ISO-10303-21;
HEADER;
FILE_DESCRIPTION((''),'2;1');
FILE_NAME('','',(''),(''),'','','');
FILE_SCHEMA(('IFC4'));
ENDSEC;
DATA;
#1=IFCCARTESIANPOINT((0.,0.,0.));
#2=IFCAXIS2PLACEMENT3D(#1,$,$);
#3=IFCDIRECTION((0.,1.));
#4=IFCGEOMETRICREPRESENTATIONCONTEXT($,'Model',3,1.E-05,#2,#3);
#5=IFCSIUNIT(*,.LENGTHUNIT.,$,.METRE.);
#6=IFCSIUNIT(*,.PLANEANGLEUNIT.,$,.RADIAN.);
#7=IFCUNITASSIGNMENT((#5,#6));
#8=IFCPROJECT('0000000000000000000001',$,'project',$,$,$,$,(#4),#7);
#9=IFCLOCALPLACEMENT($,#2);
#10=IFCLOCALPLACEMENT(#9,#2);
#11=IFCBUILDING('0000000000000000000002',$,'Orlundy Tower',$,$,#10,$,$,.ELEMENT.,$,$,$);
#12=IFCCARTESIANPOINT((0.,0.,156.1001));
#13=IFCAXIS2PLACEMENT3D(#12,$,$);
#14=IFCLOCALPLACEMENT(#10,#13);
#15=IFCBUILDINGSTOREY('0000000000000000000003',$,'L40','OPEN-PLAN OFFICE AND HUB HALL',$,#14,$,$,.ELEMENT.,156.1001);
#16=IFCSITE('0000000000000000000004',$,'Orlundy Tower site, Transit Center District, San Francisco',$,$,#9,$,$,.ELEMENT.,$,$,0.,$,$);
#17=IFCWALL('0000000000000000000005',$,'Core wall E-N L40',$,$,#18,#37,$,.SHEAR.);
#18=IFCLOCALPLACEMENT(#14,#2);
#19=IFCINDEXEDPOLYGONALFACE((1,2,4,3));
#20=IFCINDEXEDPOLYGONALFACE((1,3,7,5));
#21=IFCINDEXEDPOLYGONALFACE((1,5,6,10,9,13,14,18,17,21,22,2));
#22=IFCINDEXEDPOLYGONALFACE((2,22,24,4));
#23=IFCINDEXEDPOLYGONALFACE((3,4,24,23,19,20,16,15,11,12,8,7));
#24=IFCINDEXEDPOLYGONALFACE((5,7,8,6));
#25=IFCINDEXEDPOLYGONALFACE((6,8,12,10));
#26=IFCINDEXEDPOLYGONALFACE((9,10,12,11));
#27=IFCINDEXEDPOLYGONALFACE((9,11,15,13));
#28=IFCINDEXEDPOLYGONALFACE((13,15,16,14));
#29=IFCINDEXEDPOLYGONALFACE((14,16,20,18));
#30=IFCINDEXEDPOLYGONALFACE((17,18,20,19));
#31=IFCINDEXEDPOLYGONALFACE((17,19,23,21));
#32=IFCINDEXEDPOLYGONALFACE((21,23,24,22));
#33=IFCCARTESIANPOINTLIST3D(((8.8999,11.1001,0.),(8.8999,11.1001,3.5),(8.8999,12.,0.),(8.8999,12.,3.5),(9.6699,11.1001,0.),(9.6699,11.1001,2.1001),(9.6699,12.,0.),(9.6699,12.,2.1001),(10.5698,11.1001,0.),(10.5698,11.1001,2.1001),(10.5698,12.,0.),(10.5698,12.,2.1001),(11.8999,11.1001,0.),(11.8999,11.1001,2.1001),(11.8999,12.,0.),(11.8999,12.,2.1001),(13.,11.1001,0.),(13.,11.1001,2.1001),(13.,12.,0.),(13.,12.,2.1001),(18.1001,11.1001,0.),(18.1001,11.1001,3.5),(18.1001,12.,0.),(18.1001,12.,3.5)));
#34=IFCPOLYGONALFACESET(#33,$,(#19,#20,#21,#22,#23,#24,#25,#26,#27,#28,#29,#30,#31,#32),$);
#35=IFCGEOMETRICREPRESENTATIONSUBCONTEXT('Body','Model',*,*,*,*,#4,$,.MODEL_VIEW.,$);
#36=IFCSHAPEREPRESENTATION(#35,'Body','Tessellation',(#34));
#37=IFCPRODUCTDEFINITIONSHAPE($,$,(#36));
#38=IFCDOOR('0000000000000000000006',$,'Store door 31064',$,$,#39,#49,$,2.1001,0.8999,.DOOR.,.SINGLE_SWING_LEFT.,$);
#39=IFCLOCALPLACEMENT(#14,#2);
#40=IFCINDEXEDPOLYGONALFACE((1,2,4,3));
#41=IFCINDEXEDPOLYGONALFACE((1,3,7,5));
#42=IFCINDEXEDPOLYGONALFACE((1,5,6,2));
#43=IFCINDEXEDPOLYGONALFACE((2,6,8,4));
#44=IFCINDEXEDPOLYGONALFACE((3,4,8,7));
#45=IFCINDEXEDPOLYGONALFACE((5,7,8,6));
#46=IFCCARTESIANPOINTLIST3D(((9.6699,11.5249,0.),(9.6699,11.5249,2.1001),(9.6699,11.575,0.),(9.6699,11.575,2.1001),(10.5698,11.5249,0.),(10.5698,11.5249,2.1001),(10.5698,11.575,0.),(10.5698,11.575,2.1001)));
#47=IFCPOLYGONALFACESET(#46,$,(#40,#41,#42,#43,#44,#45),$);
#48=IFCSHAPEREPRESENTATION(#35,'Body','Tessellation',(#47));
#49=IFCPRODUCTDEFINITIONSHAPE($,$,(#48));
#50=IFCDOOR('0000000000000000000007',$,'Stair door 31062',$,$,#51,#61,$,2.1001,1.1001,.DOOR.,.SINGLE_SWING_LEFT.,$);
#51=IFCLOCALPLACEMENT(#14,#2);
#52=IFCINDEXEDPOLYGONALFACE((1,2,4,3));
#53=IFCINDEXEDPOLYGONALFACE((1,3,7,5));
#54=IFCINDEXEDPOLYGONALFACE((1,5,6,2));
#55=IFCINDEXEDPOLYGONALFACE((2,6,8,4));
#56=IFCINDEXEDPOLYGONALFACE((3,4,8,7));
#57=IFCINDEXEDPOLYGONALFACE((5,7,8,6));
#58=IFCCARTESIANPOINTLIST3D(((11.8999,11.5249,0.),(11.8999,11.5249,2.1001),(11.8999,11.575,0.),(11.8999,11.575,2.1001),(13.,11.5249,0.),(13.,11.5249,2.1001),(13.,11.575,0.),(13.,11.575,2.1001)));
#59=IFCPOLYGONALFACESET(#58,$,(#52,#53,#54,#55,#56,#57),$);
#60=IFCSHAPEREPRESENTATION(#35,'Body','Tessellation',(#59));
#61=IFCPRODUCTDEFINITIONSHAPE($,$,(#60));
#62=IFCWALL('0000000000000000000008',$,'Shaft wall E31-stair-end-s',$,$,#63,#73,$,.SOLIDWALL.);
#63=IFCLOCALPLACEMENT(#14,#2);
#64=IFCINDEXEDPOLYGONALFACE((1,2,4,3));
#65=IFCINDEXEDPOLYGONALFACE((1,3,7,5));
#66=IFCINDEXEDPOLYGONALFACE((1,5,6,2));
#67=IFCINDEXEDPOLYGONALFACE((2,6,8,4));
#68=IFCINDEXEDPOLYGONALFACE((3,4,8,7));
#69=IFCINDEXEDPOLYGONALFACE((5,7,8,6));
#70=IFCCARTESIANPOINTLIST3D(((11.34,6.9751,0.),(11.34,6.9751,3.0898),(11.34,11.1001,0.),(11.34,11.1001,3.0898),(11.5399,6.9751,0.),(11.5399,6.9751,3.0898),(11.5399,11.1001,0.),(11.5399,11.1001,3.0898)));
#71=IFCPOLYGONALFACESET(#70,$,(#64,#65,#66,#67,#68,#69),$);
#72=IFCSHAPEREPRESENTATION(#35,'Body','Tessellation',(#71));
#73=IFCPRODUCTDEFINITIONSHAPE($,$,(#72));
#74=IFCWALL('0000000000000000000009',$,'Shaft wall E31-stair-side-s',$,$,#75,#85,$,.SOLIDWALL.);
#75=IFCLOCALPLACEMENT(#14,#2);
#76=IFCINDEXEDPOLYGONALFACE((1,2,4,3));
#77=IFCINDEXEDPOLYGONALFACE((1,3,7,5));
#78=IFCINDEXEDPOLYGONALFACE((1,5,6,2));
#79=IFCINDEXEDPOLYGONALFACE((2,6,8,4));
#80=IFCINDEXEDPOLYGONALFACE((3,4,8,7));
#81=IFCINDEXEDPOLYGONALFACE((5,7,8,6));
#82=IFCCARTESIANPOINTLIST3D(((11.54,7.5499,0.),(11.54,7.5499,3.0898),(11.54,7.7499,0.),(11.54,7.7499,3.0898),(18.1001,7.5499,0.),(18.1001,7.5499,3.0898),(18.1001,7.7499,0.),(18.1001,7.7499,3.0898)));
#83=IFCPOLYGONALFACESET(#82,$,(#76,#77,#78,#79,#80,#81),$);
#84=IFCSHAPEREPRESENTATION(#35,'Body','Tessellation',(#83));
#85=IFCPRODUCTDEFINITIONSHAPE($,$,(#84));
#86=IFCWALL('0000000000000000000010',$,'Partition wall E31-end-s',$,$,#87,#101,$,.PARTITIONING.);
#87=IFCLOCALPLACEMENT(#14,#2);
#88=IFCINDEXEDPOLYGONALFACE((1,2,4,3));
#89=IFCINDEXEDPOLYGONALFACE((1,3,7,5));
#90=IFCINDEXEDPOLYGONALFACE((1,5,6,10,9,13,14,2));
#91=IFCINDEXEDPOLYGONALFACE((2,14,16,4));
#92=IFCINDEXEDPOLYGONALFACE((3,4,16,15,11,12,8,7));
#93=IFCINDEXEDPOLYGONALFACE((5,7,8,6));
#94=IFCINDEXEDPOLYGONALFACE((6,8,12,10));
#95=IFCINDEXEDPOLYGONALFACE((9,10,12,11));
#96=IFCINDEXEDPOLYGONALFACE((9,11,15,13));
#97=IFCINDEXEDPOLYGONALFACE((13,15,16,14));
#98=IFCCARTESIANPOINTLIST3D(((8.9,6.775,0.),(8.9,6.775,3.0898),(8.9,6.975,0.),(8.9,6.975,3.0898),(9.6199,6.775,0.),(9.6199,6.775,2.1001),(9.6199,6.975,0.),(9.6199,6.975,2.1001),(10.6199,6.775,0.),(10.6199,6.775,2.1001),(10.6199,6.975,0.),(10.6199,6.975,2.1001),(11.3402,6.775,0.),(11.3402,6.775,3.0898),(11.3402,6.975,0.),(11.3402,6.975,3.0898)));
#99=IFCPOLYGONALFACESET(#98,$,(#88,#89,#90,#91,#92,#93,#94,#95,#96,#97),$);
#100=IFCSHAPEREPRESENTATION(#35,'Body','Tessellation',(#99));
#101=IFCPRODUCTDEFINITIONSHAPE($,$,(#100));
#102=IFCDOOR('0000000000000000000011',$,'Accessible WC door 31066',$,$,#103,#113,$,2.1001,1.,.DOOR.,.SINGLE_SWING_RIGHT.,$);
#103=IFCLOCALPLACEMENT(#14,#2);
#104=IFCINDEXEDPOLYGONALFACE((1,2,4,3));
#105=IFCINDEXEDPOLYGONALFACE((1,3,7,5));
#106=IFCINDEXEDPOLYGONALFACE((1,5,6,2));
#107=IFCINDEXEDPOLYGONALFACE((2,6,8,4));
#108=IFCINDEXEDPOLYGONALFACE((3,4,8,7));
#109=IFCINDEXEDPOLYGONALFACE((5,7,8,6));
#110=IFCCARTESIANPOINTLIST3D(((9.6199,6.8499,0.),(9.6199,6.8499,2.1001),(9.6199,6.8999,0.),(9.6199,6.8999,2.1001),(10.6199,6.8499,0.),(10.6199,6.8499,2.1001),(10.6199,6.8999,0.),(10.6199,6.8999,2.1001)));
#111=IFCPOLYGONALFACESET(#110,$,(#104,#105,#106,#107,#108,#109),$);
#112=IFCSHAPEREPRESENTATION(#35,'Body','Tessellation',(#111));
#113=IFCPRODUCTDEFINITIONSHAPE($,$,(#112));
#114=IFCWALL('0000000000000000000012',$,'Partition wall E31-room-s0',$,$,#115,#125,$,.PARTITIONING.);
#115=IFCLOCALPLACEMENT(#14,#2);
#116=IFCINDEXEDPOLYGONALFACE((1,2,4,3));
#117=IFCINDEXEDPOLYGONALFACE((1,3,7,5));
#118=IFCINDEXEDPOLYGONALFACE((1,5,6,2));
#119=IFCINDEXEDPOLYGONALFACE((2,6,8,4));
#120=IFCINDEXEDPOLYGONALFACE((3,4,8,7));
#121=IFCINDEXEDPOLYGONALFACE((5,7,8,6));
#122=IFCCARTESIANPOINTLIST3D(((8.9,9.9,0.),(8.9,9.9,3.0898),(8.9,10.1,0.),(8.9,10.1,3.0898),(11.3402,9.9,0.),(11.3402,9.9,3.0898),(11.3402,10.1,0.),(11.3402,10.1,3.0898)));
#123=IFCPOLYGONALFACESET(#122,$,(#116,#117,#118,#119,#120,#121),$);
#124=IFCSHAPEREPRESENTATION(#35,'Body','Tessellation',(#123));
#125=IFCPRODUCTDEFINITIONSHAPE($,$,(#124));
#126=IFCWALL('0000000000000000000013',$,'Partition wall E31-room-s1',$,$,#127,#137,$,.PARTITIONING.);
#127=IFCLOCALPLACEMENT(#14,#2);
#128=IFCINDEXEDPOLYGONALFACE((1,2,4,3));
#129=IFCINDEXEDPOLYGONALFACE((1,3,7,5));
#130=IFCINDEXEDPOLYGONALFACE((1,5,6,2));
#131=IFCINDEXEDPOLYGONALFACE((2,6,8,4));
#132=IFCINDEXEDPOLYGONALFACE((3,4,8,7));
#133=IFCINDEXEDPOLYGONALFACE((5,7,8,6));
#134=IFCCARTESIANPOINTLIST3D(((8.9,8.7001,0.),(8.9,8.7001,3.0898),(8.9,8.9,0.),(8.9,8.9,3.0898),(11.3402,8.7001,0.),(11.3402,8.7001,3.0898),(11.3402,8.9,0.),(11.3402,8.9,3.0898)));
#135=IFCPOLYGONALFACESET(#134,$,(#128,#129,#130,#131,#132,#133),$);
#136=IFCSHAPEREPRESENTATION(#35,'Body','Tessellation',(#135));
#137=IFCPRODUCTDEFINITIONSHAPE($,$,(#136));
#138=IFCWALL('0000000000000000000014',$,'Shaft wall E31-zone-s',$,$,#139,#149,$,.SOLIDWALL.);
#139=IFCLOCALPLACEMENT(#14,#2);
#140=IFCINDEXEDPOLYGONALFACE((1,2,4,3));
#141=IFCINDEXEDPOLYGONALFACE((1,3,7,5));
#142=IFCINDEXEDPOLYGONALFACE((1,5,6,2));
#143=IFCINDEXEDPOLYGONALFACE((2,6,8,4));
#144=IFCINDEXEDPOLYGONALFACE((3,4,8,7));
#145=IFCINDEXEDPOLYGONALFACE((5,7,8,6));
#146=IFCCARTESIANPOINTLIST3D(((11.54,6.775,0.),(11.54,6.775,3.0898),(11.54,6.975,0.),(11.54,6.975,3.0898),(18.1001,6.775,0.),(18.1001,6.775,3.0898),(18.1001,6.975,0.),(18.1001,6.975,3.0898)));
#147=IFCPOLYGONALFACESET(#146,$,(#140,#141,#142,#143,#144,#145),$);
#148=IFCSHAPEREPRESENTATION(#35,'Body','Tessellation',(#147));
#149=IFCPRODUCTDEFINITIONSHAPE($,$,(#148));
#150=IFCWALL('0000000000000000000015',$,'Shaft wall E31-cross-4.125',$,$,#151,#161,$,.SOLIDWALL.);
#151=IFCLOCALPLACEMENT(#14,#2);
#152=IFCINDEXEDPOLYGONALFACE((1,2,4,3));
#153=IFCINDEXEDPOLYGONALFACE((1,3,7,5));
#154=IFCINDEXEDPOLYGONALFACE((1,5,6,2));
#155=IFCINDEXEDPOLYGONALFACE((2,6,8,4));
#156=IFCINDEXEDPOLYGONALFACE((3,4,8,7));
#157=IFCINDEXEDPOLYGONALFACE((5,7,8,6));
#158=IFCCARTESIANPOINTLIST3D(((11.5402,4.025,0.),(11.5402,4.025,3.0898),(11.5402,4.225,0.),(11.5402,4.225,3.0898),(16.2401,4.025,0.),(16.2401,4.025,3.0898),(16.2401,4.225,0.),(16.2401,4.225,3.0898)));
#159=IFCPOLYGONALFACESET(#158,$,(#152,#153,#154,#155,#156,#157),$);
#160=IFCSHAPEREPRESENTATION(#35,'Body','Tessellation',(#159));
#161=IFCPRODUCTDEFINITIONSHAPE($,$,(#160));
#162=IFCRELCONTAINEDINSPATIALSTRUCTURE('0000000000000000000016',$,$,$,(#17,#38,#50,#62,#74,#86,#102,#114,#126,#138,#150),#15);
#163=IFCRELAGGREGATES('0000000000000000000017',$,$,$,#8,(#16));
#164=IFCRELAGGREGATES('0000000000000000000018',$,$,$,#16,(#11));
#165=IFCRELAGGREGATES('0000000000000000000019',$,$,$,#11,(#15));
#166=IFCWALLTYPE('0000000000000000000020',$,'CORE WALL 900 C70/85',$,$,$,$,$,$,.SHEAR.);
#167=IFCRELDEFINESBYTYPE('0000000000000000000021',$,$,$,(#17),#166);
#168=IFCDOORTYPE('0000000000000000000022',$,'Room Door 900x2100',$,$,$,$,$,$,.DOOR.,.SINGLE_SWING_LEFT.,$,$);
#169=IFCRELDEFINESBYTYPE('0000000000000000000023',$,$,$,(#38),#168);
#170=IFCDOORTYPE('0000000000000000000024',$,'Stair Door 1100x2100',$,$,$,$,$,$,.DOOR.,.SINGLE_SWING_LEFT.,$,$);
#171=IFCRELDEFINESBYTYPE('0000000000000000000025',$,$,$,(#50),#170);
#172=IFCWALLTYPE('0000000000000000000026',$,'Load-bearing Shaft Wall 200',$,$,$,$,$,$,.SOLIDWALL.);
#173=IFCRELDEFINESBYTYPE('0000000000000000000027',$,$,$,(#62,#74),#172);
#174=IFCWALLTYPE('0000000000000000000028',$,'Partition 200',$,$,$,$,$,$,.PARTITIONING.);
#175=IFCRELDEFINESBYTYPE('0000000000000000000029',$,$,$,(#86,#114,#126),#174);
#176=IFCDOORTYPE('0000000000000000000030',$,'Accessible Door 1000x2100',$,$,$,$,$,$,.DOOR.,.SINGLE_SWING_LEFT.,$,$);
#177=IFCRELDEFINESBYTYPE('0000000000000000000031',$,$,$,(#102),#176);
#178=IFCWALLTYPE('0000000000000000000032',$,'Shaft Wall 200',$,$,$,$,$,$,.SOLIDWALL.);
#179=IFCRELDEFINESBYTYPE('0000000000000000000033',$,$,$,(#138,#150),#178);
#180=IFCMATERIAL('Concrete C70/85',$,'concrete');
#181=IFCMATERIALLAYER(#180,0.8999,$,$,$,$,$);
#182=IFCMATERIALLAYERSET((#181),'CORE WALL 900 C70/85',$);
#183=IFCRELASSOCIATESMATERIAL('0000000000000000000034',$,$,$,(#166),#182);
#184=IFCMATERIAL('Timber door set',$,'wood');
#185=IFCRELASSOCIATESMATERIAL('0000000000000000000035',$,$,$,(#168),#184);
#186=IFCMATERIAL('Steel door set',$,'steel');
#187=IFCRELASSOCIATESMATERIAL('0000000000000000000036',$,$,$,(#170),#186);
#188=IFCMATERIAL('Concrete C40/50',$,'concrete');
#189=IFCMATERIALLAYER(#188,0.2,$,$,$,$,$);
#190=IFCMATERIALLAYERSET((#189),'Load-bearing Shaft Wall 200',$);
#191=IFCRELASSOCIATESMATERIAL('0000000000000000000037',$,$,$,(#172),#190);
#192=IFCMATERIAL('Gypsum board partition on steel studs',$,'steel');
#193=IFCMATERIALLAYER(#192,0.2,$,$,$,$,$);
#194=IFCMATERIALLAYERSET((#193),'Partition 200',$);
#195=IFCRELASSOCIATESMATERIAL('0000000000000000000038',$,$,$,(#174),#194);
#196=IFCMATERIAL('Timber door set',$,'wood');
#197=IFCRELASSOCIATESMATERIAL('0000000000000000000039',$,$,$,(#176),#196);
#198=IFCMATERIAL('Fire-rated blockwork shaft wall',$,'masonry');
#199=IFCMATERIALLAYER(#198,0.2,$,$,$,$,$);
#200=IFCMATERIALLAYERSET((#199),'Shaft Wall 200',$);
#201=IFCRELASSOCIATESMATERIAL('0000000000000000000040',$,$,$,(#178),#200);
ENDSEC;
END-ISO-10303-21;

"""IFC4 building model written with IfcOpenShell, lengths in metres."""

from ifc_helpers import new_model, si_unit, direction, frame, frame_2d, origin, place, context, subcontext, project, spatial, rectangle, extrude, material, layer, layer_set, type_object, element, fill, save


model = new_model("IFC4")

# Units and contexts
model_context = context("Model", 3, precision=1e-05, world=origin(), true_north=direction((0.0, 1.0)))
body_context = subcontext(model_context, "Body", "Model", "MODEL_VIEW")
ifc_project = project(units=[si_unit("LENGTHUNIT", "METRE"), si_unit("PLANEANGLEUNIT", "RADIAN")], contexts=[model_context])

# Site, building, storey
site_placement = place(None, origin())
site = spatial("IfcSite", under=ifc_project, at=site_placement, Name="Orlundy Tower site, Transit Center District, San Francisco", CompositionType="ELEMENT", RefElevation=0.0)
building_placement = place(site_placement, origin())
building = spatial("IfcBuilding", under=site, at=building_placement, Name="Orlundy Tower", CompositionType="ELEMENT")
storey_placement = place(building_placement, frame((0.0, 0.0, 156.1001)))
storey = spatial("IfcBuildingStorey", under=building, at=storey_placement, Name="L40", Description="OPEN-PLAN OFFICE AND HUB HALL", CompositionType="ELEMENT", Elevation=156.1001)

# Wall, openings, doors
ifc_material_1 = material(Name="Concrete C70/85", Category="concrete")
ifc_layer_1 = layer(ifc_material_1, 0.8999)
ifc_layer_set_1 = layer_set([ifc_layer_1], Name="CORE WALL 900 C70/85")
wall_type_1 = type_object("IfcWallType", Name="CORE WALL 900 C70/85", PredefinedType="SHEAR", material=ifc_layer_set_1)
wall_1_placement = place(storey_placement, frame((8.8999, 11.55, 0.0), z_axis=(0.0, 0.0, 1.0), x_axis=(1.0, 0.0, 0.0)))
wall_1 = element("IfcWall", 1, at=wall_1_placement, inside=storey, type_object=wall_type_1, Name="Core wall E-N L40", PredefinedType="SHEAR", context=body_context, shape_type="SweptSolid", body=[
    extrude(rectangle(XDim=9.2002, YDim=0.8999, at=frame_2d((4.6001, 0.0))), origin(), (0.0, 0.0, 1.0), 3.5),
])
opening_1_placement = place(wall_1_placement, frame((3.0, 0.0, 0.0)))
opening_1 = element("IfcOpeningElement", 2, at=opening_1_placement, cuts=wall_1, PredefinedType="OPENING", context=body_context, shape_type="SweptSolid", body=[
    extrude(rectangle(XDim=1.1001, YDim=2.1001, at=frame_2d((0.55, 1.05))), frame((0.0, 0.46, 0.0), z_axis=(0.0, -1.0, 0.0), x_axis=(1.0, 0.0, 0.0)), (0.0, 0.0, 1.0), 0.9199),
])
opening_2_placement = place(wall_1_placement, frame((0.77, 0.0, 0.0)))
opening_2 = element("IfcOpeningElement", 3, at=opening_2_placement, cuts=wall_1, PredefinedType="OPENING", context=body_context, shape_type="SweptSolid", body=[
    extrude(rectangle(XDim=0.8999, YDim=2.1001, at=frame_2d((0.45, 1.05))), frame((0.0, 0.46, 0.0), z_axis=(0.0, -1.0, 0.0), x_axis=(1.0, 0.0, 0.0)), (0.0, 0.0, 1.0), 0.9199),
])
ifc_material_2 = material(Name="Timber door set", Category="wood")
door_type_1 = type_object("IfcDoorType", Name="Room Door 900x2100", OperationType="SINGLE_SWING_LEFT", PredefinedType="DOOR", material=ifc_material_2)
door_1_placement = place(opening_2_placement, origin())
door_1 = element("IfcDoor", 4, at=door_1_placement, inside=storey, type_object=door_type_1, Name="Store door 31064", OperationType="SINGLE_SWING_LEFT", OverallHeight=2.1001, OverallWidth=0.8999, PredefinedType="DOOR", context=body_context, shape_type="SweptSolid", body=[
    extrude(rectangle(XDim=0.8999, YDim=2.1001, at=frame_2d((0.45, 1.05))), frame((0.0, 0.0249, 0.0), z_axis=(0.0, -1.0, 0.0), x_axis=(1.0, 0.0, 0.0)), (0.0, 0.0, 1.0), 0.05),
])
fill(opening_2, door_1)
ifc_material_3 = material(Name="Steel door set", Category="steel")
door_type_2 = type_object("IfcDoorType", Name="Stair Door 1100x2100", OperationType="SINGLE_SWING_LEFT", PredefinedType="DOOR", material=ifc_material_3)
door_2_placement = place(opening_1_placement, origin())
door_2 = element("IfcDoor", 5, at=door_2_placement, inside=storey, type_object=door_type_2, Name="Stair door 31062", OperationType="SINGLE_SWING_LEFT", OverallHeight=2.1001, OverallWidth=1.1001, PredefinedType="DOOR", context=body_context, shape_type="SweptSolid", body=[
    extrude(rectangle(XDim=1.1001, YDim=2.1001, at=frame_2d((0.55, 1.05))), frame((0.0, 0.0249, 0.0), z_axis=(0.0, -1.0, 0.0), x_axis=(1.0, 0.0, 0.0)), (0.0, 0.0, 1.0), 0.05),
])
fill(opening_1, door_2)

# Walls
ifc_material_4 = material(Name="Concrete C40/50", Category="concrete")
ifc_layer_2 = layer(ifc_material_4, 0.2)
ifc_layer_set_2 = layer_set([ifc_layer_2], Name="Load-bearing Shaft Wall 200")
wall_type_2 = type_object("IfcWallType", Name="Load-bearing Shaft Wall 200", PredefinedType="SOLIDWALL", material=ifc_layer_set_2)
wall_2_placement = place(storey_placement, frame((11.4399, 11.1001, 0.0), z_axis=(0.0, 0.0, 1.0), x_axis=(0.0, -1.0, 0.0)))
element("IfcWall", 6, at=wall_2_placement, inside=storey, type_object=wall_type_2, Name="Shaft wall E31-stair-end-s", PredefinedType="SOLIDWALL", context=body_context, shape_type="SweptSolid", body=[
    extrude(rectangle(XDim=4.125, YDim=0.2, at=frame_2d((2.0625, 0.0))), origin(), (0.0, 0.0, 1.0), 3.0898),
])
wall_3_placement = place(storey_placement, frame((11.54, 7.6499, 0.0), z_axis=(0.0, 0.0, 1.0), x_axis=(1.0, 0.0, 0.0)))
element("IfcWall", 7, at=wall_3_placement, inside=storey, type_object=wall_type_2, Name="Shaft wall E31-stair-side-s", PredefinedType="SOLIDWALL", context=body_context, shape_type="SweptSolid", body=[
    extrude(rectangle(XDim=6.5601, YDim=0.2, at=frame_2d((3.28, 0.0))), origin(), (0.0, 0.0, 1.0), 3.0898),
])

# Wall, opening, door
ifc_material_5 = material(Name="Gypsum board partition on steel studs", Category="steel")
ifc_layer_3 = layer(ifc_material_5, 0.2)
ifc_layer_set_3 = layer_set([ifc_layer_3], Name="Partition 200")
wall_type_3 = type_object("IfcWallType", Name="Partition 200", PredefinedType="PARTITIONING", material=ifc_layer_set_3)
wall_4_placement = place(storey_placement, frame((8.8999, 6.875, 0.0), z_axis=(0.0, 0.0, 1.0), x_axis=(1.0, 0.0, 0.0)))
wall_4 = element("IfcWall", 8, at=wall_4_placement, inside=storey, type_object=wall_type_3, Name="Partition wall E31-end-s", PredefinedType="PARTITIONING", context=body_context, shape_type="SweptSolid", body=[
    extrude(rectangle(XDim=2.4402, YDim=0.2, at=frame_2d((1.2202, 0.0))), origin(), (0.0, 0.0, 1.0), 3.0898),
])
opening_3_placement = place(wall_4_placement, frame((0.72, 0.0, 0.0)))
opening_3 = element("IfcOpeningElement", 9, at=opening_3_placement, cuts=wall_4, PredefinedType="OPENING", context=body_context, shape_type="SweptSolid", body=[
    extrude(rectangle(XDim=1.0, YDim=2.1001, at=frame_2d((0.5, 1.05))), frame((0.0, 0.1101, 0.0), z_axis=(0.0, -1.0, 0.0), x_axis=(1.0, 0.0, 0.0)), (0.0, 0.0, 1.0), 0.2202),
])
ifc_material_6 = material(Name="Timber door set", Category="wood")
door_type_3 = type_object("IfcDoorType", Name="Accessible Door 1000x2100", OperationType="SINGLE_SWING_LEFT", PredefinedType="DOOR", material=ifc_material_6)
door_3_placement = place(opening_3_placement, origin())
door_3 = element("IfcDoor", 10, at=door_3_placement, inside=storey, type_object=door_type_3, Name="Accessible WC door 31066", OperationType="SINGLE_SWING_RIGHT", OverallHeight=2.1001, OverallWidth=1.0, PredefinedType="DOOR", context=body_context, shape_type="SweptSolid", body=[
    extrude(rectangle(XDim=1.0, YDim=2.1001, at=frame_2d((0.5, 1.05))), frame((0.0, 0.0249, 0.0), z_axis=(0.0, -1.0, 0.0), x_axis=(1.0, 0.0, 0.0)), (0.0, 0.0, 1.0), 0.05),
])
fill(opening_3, door_3)

# Walls
for number, where, z_axis, x_axis, name in (
    (11, (8.8999, 10.0, 0.0), (0.0, 0.0, 1.0), (1.0, 0.0, 0.0), "Partition wall E31-room-s0"),
    (12, (8.8999, 8.8, 0.0), (0.0, 0.0, 1.0), (1.0, 0.0, 0.0), "Partition wall E31-room-s1"),
):
    element("IfcWall", number, at=place(storey_placement, frame(where, z_axis=z_axis, x_axis=x_axis)), inside=storey, type_object=wall_type_3, Name=name, PredefinedType="PARTITIONING", context=body_context, shape_type="SweptSolid", body=[
        extrude(rectangle(XDim=2.4402, YDim=0.2, at=frame_2d((1.2202, 0.0))), origin(), (0.0, 0.0, 1.0), 3.0898),
    ])
ifc_material_7 = material(Name="Fire-rated blockwork shaft wall", Category="masonry")
ifc_layer_4 = layer(ifc_material_7, 0.2)
ifc_layer_set_4 = layer_set([ifc_layer_4], Name="Shaft Wall 200")
wall_type_4 = type_object("IfcWallType", Name="Shaft Wall 200", PredefinedType="SOLIDWALL", material=ifc_layer_set_4)
wall_5_placement = place(storey_placement, frame((11.54, 6.875, 0.0), z_axis=(0.0, 0.0, 1.0), x_axis=(1.0, 0.0, 0.0)))
element("IfcWall", 13, at=wall_5_placement, inside=storey, type_object=wall_type_4, Name="Shaft wall E31-zone-s", PredefinedType="SOLIDWALL", context=body_context, shape_type="SweptSolid", body=[
    extrude(rectangle(XDim=6.5601, YDim=0.2, at=frame_2d((3.28, 0.0))), origin(), (0.0, 0.0, 1.0), 3.0898),
])
wall_6_placement = place(storey_placement, frame((11.54, 4.125, 0.0), z_axis=(0.0, 0.0, 1.0), x_axis=(1.0, 0.0, 0.0)))
element("IfcWall", 14, at=wall_6_placement, inside=storey, type_object=wall_type_4, Name="Shaft wall E31-cross-4.125", PredefinedType="SOLIDWALL", context=body_context, shape_type="SweptSolid", body=[
    extrude(rectangle(XDim=4.7, YDim=0.2, at=frame_2d((2.3501, 0.0))), origin(), (0.0, 0.0, 1.0), 3.0898),
])

save(model, "model.ifc")
